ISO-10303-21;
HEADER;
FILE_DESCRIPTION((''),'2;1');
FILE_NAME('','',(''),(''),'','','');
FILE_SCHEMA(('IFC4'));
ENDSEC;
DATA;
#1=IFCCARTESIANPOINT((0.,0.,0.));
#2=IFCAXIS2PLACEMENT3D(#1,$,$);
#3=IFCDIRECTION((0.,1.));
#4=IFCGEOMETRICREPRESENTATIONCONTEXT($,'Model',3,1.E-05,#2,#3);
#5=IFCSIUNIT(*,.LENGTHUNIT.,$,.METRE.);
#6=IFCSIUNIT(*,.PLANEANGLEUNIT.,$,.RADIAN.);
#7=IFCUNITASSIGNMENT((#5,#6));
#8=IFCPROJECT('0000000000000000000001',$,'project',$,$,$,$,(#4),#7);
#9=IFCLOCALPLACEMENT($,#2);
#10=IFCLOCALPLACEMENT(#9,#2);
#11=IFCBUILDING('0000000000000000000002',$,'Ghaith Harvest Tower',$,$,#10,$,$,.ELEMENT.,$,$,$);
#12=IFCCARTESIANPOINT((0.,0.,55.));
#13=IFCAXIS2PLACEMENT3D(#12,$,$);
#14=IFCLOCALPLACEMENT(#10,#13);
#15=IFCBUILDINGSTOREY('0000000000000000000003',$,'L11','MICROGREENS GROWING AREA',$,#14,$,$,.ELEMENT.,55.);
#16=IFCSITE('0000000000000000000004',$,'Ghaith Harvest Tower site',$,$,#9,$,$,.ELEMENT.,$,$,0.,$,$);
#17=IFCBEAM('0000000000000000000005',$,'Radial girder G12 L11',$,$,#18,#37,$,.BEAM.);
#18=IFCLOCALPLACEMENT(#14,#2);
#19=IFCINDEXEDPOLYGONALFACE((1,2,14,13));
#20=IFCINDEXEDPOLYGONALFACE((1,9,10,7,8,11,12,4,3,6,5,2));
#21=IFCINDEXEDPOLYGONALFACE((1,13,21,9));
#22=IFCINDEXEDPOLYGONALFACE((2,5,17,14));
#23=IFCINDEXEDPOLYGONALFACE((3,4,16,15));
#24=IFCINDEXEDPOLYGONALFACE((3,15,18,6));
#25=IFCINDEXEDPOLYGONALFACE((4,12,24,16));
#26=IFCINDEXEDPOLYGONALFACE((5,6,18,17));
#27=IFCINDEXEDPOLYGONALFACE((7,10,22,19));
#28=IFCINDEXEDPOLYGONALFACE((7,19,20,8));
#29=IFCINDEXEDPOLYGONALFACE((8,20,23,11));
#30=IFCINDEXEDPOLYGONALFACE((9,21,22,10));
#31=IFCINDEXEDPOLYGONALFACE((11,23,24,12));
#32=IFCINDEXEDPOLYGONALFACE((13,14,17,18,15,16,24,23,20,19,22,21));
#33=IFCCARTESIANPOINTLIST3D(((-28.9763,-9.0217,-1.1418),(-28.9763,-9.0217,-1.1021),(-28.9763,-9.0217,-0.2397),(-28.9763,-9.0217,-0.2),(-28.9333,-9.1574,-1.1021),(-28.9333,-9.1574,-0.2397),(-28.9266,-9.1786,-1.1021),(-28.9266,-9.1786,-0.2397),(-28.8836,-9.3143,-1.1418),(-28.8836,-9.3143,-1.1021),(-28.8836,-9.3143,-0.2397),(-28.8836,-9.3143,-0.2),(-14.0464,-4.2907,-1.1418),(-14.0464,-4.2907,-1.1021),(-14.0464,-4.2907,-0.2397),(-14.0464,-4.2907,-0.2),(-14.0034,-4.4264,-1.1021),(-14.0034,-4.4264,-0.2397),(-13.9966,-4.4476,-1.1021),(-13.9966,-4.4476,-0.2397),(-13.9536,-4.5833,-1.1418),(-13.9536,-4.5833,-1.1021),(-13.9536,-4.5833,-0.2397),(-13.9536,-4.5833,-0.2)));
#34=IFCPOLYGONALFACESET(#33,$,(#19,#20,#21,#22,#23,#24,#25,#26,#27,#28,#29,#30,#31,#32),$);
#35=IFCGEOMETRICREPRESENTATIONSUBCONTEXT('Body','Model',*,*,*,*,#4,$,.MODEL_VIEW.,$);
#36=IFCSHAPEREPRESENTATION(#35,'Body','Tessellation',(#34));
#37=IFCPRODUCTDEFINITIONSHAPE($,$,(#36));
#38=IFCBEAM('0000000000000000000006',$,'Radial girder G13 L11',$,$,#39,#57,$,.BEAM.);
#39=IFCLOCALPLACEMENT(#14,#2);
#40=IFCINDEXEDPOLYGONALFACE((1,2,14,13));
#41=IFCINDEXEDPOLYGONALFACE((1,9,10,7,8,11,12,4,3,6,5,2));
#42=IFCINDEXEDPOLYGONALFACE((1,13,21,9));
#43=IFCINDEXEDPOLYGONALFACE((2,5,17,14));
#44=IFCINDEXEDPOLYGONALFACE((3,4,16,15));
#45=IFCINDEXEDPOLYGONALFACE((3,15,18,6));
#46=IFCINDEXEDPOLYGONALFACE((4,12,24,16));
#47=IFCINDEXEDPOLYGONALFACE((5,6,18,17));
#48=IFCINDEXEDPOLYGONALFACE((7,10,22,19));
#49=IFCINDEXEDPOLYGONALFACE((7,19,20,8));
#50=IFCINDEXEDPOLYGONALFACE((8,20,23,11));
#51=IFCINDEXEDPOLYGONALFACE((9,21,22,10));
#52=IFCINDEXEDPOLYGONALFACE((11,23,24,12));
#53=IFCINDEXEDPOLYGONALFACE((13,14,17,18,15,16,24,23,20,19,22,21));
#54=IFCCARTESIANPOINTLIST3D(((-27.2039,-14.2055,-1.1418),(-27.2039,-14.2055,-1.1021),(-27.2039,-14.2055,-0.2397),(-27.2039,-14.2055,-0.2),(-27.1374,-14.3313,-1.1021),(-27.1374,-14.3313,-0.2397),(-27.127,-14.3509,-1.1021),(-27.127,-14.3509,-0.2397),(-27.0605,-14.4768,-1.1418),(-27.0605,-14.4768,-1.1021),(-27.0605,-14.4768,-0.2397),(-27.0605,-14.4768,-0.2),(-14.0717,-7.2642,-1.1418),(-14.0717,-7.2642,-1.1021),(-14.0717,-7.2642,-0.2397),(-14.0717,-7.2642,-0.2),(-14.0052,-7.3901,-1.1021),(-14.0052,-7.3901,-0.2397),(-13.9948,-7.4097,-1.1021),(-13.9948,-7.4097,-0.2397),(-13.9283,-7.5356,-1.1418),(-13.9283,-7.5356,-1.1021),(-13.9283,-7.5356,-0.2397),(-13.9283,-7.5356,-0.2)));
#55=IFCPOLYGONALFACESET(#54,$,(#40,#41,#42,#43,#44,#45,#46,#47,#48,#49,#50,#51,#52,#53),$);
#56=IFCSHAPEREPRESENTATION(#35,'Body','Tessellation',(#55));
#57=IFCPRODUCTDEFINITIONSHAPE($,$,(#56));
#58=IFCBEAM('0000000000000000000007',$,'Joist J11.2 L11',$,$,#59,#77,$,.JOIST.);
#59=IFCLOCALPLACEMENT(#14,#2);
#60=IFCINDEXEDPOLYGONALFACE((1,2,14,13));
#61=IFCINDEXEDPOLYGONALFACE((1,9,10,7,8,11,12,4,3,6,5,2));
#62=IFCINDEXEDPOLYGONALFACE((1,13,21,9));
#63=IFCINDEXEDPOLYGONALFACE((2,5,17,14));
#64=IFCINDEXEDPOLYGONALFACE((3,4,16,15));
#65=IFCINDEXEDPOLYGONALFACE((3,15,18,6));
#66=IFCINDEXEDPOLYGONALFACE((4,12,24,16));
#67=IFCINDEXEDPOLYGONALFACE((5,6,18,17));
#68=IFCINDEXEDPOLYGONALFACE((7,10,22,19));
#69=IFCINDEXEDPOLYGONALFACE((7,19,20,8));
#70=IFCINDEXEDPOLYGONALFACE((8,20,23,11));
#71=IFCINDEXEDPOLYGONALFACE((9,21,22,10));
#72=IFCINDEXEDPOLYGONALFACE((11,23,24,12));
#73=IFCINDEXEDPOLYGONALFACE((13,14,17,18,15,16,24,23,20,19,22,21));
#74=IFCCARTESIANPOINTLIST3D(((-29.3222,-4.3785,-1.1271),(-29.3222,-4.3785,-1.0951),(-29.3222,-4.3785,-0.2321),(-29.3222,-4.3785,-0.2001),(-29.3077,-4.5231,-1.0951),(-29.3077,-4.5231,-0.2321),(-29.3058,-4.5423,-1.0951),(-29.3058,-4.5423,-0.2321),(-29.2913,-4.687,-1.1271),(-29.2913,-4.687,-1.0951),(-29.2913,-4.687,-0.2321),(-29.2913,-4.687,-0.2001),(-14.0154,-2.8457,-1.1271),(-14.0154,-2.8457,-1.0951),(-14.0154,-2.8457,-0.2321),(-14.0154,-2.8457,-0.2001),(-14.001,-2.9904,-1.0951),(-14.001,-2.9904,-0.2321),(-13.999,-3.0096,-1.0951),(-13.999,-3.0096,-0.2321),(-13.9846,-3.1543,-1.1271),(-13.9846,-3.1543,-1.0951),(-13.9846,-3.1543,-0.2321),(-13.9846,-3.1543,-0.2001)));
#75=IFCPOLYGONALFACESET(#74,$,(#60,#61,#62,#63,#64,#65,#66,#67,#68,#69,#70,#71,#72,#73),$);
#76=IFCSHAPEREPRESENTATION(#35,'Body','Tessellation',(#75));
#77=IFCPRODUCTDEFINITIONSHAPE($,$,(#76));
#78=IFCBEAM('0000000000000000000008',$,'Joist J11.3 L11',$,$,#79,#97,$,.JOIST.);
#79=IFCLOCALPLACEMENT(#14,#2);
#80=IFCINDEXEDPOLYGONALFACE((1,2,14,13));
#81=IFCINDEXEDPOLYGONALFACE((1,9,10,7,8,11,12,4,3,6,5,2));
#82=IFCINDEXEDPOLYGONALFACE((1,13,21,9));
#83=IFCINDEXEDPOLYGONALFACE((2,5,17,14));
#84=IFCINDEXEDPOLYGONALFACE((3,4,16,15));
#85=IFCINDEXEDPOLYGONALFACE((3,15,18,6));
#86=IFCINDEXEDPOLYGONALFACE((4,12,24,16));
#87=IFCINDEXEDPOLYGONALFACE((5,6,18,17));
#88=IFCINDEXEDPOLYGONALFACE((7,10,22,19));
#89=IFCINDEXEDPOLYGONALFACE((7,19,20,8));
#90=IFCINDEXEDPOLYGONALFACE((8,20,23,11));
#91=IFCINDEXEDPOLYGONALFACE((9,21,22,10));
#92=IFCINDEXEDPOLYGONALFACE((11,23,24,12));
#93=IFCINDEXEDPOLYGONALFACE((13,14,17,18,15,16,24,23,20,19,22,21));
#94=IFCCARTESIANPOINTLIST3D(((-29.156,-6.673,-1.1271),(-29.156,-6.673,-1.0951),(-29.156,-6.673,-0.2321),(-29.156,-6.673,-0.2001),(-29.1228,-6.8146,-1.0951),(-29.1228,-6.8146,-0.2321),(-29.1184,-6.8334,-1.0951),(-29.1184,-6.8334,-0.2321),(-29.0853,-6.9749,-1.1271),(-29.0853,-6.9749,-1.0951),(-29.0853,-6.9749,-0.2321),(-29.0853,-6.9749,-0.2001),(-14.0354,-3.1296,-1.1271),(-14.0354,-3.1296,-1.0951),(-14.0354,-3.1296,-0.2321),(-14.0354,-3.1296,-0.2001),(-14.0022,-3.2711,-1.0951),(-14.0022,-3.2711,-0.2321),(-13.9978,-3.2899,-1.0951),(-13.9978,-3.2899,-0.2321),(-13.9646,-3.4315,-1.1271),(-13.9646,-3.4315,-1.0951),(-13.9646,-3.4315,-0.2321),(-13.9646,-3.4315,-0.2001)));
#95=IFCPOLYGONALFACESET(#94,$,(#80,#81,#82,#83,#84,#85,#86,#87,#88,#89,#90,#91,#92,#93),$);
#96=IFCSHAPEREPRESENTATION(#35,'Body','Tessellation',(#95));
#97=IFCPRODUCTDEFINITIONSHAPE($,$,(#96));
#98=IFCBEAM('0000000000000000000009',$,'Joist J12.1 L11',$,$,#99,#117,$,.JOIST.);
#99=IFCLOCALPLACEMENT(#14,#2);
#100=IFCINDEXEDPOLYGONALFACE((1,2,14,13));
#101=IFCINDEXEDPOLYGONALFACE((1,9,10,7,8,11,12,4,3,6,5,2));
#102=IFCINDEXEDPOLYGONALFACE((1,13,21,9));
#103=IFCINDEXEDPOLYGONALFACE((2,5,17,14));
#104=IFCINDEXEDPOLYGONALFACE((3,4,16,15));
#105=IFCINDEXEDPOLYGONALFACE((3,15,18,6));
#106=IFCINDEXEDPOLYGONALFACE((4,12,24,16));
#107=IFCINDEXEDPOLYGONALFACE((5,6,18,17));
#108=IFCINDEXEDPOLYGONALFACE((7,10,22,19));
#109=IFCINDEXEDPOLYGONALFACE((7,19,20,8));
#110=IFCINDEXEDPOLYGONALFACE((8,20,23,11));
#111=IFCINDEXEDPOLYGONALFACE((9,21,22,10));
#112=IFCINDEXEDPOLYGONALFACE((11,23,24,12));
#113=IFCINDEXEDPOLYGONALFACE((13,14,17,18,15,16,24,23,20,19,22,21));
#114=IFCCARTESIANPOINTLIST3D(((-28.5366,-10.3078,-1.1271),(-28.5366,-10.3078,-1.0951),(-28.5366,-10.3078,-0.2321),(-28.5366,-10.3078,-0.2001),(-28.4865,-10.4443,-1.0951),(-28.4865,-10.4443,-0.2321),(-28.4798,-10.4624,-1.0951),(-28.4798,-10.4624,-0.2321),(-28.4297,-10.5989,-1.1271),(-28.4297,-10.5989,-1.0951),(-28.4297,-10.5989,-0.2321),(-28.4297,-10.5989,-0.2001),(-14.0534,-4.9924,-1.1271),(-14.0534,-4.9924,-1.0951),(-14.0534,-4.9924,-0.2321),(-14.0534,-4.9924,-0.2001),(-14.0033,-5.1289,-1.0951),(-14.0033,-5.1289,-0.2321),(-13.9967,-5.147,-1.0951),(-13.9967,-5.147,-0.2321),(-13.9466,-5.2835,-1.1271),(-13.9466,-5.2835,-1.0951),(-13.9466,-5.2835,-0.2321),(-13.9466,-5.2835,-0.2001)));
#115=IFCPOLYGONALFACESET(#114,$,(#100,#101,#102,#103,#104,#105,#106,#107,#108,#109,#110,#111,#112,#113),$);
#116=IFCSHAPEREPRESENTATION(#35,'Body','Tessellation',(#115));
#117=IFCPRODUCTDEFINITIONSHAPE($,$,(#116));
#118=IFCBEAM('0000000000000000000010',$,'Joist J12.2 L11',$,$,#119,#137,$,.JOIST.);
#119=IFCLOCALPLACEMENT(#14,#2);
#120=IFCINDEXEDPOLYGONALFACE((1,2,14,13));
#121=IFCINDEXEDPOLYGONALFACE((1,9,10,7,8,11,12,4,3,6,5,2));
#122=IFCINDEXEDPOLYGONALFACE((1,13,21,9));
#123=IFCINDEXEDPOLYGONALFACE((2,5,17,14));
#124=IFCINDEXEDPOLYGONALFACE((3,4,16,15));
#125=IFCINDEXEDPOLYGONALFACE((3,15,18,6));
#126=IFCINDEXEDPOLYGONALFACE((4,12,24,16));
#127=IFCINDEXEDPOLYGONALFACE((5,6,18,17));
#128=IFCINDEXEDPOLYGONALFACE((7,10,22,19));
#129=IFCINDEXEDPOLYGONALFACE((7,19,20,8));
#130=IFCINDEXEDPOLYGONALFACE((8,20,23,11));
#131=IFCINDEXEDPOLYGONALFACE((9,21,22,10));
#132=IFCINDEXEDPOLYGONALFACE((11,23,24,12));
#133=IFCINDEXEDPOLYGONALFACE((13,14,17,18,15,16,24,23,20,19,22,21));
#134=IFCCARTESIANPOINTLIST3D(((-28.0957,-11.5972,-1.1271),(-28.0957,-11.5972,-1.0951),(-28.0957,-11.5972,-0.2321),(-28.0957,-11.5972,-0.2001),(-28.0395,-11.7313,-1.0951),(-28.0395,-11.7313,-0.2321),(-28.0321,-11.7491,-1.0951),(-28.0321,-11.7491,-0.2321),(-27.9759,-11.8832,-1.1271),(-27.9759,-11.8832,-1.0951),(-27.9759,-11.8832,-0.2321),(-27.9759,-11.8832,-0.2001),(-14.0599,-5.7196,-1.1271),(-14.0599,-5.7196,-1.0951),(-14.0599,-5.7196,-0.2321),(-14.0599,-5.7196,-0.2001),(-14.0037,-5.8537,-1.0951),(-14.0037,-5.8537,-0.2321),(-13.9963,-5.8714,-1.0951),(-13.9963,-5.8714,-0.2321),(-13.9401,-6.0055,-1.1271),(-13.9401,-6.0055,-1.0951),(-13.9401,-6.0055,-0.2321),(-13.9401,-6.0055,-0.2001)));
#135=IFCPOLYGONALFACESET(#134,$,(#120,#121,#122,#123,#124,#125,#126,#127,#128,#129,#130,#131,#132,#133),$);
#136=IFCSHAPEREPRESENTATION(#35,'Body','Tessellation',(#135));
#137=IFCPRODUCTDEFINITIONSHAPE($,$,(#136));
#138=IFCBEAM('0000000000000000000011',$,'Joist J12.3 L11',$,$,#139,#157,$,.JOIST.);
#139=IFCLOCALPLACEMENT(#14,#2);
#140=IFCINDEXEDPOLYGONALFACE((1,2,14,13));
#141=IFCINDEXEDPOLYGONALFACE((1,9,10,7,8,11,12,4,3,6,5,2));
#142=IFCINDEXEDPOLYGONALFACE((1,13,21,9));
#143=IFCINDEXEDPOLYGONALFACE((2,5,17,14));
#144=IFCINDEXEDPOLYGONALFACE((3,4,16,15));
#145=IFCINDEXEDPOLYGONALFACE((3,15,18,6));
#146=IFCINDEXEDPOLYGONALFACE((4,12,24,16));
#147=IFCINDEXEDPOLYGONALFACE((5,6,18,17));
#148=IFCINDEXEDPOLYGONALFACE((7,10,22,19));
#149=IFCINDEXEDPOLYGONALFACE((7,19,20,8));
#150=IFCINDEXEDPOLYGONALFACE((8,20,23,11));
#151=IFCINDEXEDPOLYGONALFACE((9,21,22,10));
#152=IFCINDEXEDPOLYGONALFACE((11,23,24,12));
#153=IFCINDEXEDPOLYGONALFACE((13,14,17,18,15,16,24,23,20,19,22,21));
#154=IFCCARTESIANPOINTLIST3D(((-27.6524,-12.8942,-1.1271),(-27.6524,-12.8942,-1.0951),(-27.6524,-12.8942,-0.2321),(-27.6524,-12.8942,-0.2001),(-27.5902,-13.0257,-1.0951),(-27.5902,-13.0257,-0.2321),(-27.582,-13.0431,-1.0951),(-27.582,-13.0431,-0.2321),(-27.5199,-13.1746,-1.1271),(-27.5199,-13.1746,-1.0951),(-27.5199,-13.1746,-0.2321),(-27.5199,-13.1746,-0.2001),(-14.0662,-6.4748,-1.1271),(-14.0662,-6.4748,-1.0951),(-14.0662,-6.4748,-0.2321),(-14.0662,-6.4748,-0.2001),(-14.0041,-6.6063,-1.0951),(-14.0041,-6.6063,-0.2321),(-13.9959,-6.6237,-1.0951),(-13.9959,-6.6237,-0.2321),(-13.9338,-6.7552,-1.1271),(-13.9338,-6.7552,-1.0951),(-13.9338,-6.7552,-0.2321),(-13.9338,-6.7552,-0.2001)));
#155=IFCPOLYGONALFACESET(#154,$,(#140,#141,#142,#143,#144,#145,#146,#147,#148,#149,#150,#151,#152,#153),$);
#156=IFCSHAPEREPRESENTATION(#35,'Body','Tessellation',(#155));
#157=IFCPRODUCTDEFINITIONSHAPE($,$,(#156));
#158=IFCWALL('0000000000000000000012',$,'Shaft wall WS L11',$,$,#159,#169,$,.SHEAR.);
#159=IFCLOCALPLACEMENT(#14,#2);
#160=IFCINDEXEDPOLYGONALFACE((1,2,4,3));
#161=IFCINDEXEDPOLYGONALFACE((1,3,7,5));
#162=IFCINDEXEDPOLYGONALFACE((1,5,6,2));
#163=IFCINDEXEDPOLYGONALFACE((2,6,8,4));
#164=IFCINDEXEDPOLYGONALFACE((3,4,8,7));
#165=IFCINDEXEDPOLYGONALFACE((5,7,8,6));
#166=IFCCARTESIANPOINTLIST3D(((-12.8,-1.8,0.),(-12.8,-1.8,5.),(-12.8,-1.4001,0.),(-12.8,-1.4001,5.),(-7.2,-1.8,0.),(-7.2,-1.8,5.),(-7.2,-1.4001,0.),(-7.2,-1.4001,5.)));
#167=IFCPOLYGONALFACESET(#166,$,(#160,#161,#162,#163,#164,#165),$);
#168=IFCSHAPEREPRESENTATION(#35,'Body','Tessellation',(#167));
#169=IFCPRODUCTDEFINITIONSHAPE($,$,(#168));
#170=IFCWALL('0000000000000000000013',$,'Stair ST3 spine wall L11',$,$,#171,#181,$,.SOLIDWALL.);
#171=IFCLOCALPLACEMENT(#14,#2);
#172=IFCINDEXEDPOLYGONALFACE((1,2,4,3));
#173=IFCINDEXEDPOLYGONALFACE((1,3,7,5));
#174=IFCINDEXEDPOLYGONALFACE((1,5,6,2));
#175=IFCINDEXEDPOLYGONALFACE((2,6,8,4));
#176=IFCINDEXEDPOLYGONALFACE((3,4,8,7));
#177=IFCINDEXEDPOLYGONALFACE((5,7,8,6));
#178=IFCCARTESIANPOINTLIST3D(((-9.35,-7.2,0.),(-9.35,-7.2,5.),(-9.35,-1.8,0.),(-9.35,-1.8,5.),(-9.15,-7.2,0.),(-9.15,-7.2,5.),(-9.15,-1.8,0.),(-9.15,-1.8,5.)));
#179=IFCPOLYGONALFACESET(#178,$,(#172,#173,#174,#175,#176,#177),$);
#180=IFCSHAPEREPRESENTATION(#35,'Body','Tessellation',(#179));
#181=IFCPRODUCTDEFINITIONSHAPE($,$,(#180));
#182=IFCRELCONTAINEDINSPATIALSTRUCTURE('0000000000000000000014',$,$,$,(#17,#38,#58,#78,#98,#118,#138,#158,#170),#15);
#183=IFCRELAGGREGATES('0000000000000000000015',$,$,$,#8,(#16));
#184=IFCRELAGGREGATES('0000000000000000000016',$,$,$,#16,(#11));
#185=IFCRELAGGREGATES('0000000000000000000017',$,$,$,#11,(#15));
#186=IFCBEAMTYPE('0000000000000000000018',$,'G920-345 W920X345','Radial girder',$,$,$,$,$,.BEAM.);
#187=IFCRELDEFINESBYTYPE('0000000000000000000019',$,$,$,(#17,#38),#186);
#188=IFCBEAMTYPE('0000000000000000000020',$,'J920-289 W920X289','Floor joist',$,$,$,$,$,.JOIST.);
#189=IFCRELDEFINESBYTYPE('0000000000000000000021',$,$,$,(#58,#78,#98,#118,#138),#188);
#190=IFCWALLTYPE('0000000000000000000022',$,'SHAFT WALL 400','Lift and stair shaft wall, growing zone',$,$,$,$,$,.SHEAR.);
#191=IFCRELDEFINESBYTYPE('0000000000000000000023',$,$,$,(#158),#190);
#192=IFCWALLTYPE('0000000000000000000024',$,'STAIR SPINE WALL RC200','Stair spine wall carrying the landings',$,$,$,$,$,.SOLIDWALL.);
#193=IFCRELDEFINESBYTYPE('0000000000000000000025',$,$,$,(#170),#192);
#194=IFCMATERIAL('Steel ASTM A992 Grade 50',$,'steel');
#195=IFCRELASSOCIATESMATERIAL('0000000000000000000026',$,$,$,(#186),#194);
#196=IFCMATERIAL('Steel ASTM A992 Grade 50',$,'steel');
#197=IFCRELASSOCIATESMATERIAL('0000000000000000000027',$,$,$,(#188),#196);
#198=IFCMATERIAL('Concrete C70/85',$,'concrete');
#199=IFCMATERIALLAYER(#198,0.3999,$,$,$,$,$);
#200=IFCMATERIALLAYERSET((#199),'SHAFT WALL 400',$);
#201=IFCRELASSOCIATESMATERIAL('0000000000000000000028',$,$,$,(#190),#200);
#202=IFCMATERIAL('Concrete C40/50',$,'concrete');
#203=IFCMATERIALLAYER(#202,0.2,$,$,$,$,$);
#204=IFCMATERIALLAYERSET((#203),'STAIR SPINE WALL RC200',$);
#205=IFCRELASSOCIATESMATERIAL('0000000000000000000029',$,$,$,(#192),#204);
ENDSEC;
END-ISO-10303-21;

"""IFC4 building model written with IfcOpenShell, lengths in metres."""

from ifc_helpers import new_model, si_unit, direction, frame, frame_2d, origin, origin_2d, place, context, subcontext, project, spatial, rectangle, i_section, extrude, material, layer, layer_set, material_profile, profile_set, type_object, element, save


model = new_model("IFC4")

# Units and contexts
model_context = context("Model", 3, precision=1e-05, world=origin(), true_north=direction((0.0, 1.0)))
body_context = subcontext(model_context, "Body", "Model", "MODEL_VIEW")
ifc_project = project(units=[si_unit("LENGTHUNIT", "METRE"), si_unit("PLANEANGLEUNIT", "RADIAN")], contexts=[model_context])

# Site, building, storey
site_placement = place(None, origin())
site = spatial("IfcSite", under=ifc_project, at=site_placement, Name="Ghaith Harvest Tower site", CompositionType="ELEMENT", RefElevation=0.0)
building_placement = place(site_placement, origin())
building = spatial("IfcBuilding", under=site, at=building_placement, Name="Ghaith Harvest Tower", CompositionType="ELEMENT")
storey_placement = place(building_placement, frame((0.0, 0.0, 55.0)))
storey = spatial("IfcBuildingStorey", under=building, at=storey_placement, Name="L11", Description="MICROGREENS GROWING AREA", CompositionType="ELEMENT", Elevation=55.0)

# Beams
ifc_material_1 = material(Name="Steel ASTM A992 Grade 50", Category="steel")
ifc_material_profile_1 = material_profile(ifc_material_1, i_section(OverallWidth=0.3069, OverallDepth=0.9419, WebThickness=0.0222, FlangeThickness=0.0398, at=origin_2d()), Name="W920X345")
ifc_profile_set_1 = profile_set([ifc_material_profile_1], Name="Steel ASTM A992 Grade 50")
beam_type_1 = type_object("IfcBeamType", Name="G920-345 W920X345", Description="Radial girder", PredefinedType="BEAM", material=ifc_profile_set_1)
beam_1_placement = place(storey_placement, frame((-14.0, -4.437, -0.6709), z_axis=(-0.953284, -0.302074, 0.0), x_axis=(0.302074, -0.953284, 0.0)))
element("IfcBeam", 1, at=beam_1_placement, inside=storey, type_object=beam_type_1, Name="Radial girder G12 L11", PredefinedType="BEAM", context=body_context, shape_type="SweptSolid", body=[
    extrude(i_section(OverallWidth=0.3069, OverallDepth=0.9419, WebThickness=0.0222, FlangeThickness=0.0398, at=origin_2d()), origin(), (0.0, 0.0, 1.0), 15.6616),
])
beam_2_placement = place(storey_placement, frame((-14.0, -7.3999, -0.6709), z_axis=(-0.884097, -0.467303, 0.0), x_axis=(0.467303, -0.884097, 0.0)))
element("IfcBeam", 2, at=beam_2_placement, inside=storey, type_object=beam_type_1, Name="Radial girder G13 L11", PredefinedType="BEAM", context=body_context, shape_type="SweptSolid", body=[
    extrude(i_section(OverallWidth=0.3069, OverallDepth=0.9419, WebThickness=0.0222, FlangeThickness=0.0398, at=origin_2d()), origin(), (0.0, 0.0, 1.0), 14.8538),
])
ifc_material_2 = material(Name="Steel ASTM A992 Grade 50", Category="steel")
ifc_material_profile_2 = material_profile(ifc_material_2, i_section(OverallWidth=0.3101, OverallDepth=0.927, WebThickness=0.0193, FlangeThickness=0.032, at=origin_2d()), Name="W920X289")
ifc_profile_set_2 = profile_set([ifc_material_profile_2], Name="Steel ASTM A992 Grade 50")
beam_type_2 = type_object("IfcBeamType", Name="J920-289 W920X289", Description="Floor joist", PredefinedType="JOIST", material=ifc_profile_set_2)
beam_3_placement = place(storey_placement, frame((-14.0, -3.0, -0.6636), z_axis=(-0.995024, -0.099636, 0.0), x_axis=(0.099636, -0.995024, 0.0)))
element("IfcBeam", 3, at=beam_3_placement, inside=storey, type_object=beam_type_2, Name="Joist J11.2 L11", PredefinedType="JOIST", context=body_context, shape_type="SweptSolid", body=[
    extrude(i_section(OverallWidth=0.3101, OverallDepth=0.927, WebThickness=0.0193, FlangeThickness=0.032, at=origin_2d()), origin(), (0.0, 0.0, 1.0), 15.3833),
])
beam_4_placement = place(storey_placement, frame((-14.0, -3.2805, -0.6636), z_axis=(-0.973623, -0.228165, 0.0), x_axis=(0.228165, -0.973623, 0.0)))
element("IfcBeam", 4, at=beam_4_placement, inside=storey, type_object=beam_type_2, Name="Joist J11.3 L11", PredefinedType="JOIST", context=body_context, shape_type="SweptSolid", body=[
    extrude(i_section(OverallWidth=0.3101, OverallDepth=0.927, WebThickness=0.0193, FlangeThickness=0.032, at=origin_2d()), origin(), (0.0, 0.0, 1.0), 15.5303),
])
beam_5_placement = place(storey_placement, frame((-14.0, -5.1379, -0.6636), z_axis=(-0.938773, -0.344537, 0.0), x_axis=(0.344537, -0.938773, 0.0)))
element("IfcBeam", 5, at=beam_5_placement, inside=storey, type_object=beam_type_2, Name="Joist J12.1 L11", PredefinedType="JOIST", context=body_context, shape_type="SweptSolid", body=[
    extrude(i_section(OverallWidth=0.3101, OverallDepth=0.927, WebThickness=0.0193, FlangeThickness=0.032, at=origin_2d()), origin(), (0.0, 0.0, 1.0), 15.4277),
])
beam_6_placement = place(storey_placement, frame((-14.0, -5.8625, -0.6636), z_axis=(-0.92239, -0.386261, 0.0), x_axis=(0.386261, -0.92239, 0.0)))
element("IfcBeam", 6, at=beam_6_placement, inside=storey, type_object=beam_type_2, Name="Joist J12.2 L11", PredefinedType="JOIST", context=body_context, shape_type="SweptSolid", body=[
    extrude(i_section(OverallWidth=0.3101, OverallDepth=0.927, WebThickness=0.0193, FlangeThickness=0.032, at=origin_2d()), origin(), (0.0, 0.0, 1.0), 15.2168),
])
beam_7_placement = place(storey_placement, frame((-14.0, -6.615, -0.6636), z_axis=(-0.904153, -0.42721, 0.0), x_axis=(0.42721, -0.904153, 0.0)))
element("IfcBeam", 7, at=beam_7_placement, inside=storey, type_object=beam_type_2, Name="Joist J12.3 L11", PredefinedType="JOIST", context=body_context, shape_type="SweptSolid", body=[
    extrude(i_section(OverallWidth=0.3101, OverallDepth=0.927, WebThickness=0.0193, FlangeThickness=0.032, at=origin_2d()), origin(), (0.0, 0.0, 1.0), 15.0264),
])

# Walls
ifc_material_3 = material(Name="Concrete C70/85", Category="concrete")
ifc_layer_1 = layer(ifc_material_3, 0.3999)
ifc_layer_set_1 = layer_set([ifc_layer_1], Name="SHAFT WALL 400")
wall_type_1 = type_object("IfcWallType", Name="SHAFT WALL 400", Description="Lift and stair shaft wall, growing zone", PredefinedType="SHEAR", material=ifc_layer_set_1)
wall_1_placement = place(storey_placement, frame((-12.8, -1.6001, 0.0), z_axis=(0.0, 0.0, 1.0), x_axis=(1.0, 0.0, 0.0)))
element("IfcWall", 8, at=wall_1_placement, inside=storey, type_object=wall_type_1, Name="Shaft wall WS L11", PredefinedType="SHEAR", context=body_context, shape_type="SweptSolid", body=[
    extrude(rectangle(XDim=5.6001, YDim=0.3999, at=frame_2d((2.8, 0.0))), origin(), (0.0, 0.0, 1.0), 5.0),
])
ifc_material_4 = material(Name="Concrete C40/50", Category="concrete")
ifc_layer_2 = layer(ifc_material_4, 0.2)
ifc_layer_set_2 = layer_set([ifc_layer_2], Name="STAIR SPINE WALL RC200")
wall_type_2 = type_object("IfcWallType", Name="STAIR SPINE WALL RC200", Description="Stair spine wall carrying the landings", PredefinedType="SOLIDWALL", material=ifc_layer_set_2)
wall_2_placement = place(storey_placement, frame((-9.25, -7.2, 0.0), z_axis=(0.0, 0.0, 1.0), x_axis=(0.0, 1.0, 0.0)))
element("IfcWall", 9, at=wall_2_placement, inside=storey, type_object=wall_type_2, Name="Stair ST3 spine wall L11", PredefinedType="SOLIDWALL", context=body_context, shape_type="SweptSolid", body=[
    extrude(rectangle(XDim=5.3999, YDim=0.2, at=frame_2d((2.7, 0.0))), origin(), (0.0, 0.0, 1.0), 5.0),
])

save(model, "model.ifc")
